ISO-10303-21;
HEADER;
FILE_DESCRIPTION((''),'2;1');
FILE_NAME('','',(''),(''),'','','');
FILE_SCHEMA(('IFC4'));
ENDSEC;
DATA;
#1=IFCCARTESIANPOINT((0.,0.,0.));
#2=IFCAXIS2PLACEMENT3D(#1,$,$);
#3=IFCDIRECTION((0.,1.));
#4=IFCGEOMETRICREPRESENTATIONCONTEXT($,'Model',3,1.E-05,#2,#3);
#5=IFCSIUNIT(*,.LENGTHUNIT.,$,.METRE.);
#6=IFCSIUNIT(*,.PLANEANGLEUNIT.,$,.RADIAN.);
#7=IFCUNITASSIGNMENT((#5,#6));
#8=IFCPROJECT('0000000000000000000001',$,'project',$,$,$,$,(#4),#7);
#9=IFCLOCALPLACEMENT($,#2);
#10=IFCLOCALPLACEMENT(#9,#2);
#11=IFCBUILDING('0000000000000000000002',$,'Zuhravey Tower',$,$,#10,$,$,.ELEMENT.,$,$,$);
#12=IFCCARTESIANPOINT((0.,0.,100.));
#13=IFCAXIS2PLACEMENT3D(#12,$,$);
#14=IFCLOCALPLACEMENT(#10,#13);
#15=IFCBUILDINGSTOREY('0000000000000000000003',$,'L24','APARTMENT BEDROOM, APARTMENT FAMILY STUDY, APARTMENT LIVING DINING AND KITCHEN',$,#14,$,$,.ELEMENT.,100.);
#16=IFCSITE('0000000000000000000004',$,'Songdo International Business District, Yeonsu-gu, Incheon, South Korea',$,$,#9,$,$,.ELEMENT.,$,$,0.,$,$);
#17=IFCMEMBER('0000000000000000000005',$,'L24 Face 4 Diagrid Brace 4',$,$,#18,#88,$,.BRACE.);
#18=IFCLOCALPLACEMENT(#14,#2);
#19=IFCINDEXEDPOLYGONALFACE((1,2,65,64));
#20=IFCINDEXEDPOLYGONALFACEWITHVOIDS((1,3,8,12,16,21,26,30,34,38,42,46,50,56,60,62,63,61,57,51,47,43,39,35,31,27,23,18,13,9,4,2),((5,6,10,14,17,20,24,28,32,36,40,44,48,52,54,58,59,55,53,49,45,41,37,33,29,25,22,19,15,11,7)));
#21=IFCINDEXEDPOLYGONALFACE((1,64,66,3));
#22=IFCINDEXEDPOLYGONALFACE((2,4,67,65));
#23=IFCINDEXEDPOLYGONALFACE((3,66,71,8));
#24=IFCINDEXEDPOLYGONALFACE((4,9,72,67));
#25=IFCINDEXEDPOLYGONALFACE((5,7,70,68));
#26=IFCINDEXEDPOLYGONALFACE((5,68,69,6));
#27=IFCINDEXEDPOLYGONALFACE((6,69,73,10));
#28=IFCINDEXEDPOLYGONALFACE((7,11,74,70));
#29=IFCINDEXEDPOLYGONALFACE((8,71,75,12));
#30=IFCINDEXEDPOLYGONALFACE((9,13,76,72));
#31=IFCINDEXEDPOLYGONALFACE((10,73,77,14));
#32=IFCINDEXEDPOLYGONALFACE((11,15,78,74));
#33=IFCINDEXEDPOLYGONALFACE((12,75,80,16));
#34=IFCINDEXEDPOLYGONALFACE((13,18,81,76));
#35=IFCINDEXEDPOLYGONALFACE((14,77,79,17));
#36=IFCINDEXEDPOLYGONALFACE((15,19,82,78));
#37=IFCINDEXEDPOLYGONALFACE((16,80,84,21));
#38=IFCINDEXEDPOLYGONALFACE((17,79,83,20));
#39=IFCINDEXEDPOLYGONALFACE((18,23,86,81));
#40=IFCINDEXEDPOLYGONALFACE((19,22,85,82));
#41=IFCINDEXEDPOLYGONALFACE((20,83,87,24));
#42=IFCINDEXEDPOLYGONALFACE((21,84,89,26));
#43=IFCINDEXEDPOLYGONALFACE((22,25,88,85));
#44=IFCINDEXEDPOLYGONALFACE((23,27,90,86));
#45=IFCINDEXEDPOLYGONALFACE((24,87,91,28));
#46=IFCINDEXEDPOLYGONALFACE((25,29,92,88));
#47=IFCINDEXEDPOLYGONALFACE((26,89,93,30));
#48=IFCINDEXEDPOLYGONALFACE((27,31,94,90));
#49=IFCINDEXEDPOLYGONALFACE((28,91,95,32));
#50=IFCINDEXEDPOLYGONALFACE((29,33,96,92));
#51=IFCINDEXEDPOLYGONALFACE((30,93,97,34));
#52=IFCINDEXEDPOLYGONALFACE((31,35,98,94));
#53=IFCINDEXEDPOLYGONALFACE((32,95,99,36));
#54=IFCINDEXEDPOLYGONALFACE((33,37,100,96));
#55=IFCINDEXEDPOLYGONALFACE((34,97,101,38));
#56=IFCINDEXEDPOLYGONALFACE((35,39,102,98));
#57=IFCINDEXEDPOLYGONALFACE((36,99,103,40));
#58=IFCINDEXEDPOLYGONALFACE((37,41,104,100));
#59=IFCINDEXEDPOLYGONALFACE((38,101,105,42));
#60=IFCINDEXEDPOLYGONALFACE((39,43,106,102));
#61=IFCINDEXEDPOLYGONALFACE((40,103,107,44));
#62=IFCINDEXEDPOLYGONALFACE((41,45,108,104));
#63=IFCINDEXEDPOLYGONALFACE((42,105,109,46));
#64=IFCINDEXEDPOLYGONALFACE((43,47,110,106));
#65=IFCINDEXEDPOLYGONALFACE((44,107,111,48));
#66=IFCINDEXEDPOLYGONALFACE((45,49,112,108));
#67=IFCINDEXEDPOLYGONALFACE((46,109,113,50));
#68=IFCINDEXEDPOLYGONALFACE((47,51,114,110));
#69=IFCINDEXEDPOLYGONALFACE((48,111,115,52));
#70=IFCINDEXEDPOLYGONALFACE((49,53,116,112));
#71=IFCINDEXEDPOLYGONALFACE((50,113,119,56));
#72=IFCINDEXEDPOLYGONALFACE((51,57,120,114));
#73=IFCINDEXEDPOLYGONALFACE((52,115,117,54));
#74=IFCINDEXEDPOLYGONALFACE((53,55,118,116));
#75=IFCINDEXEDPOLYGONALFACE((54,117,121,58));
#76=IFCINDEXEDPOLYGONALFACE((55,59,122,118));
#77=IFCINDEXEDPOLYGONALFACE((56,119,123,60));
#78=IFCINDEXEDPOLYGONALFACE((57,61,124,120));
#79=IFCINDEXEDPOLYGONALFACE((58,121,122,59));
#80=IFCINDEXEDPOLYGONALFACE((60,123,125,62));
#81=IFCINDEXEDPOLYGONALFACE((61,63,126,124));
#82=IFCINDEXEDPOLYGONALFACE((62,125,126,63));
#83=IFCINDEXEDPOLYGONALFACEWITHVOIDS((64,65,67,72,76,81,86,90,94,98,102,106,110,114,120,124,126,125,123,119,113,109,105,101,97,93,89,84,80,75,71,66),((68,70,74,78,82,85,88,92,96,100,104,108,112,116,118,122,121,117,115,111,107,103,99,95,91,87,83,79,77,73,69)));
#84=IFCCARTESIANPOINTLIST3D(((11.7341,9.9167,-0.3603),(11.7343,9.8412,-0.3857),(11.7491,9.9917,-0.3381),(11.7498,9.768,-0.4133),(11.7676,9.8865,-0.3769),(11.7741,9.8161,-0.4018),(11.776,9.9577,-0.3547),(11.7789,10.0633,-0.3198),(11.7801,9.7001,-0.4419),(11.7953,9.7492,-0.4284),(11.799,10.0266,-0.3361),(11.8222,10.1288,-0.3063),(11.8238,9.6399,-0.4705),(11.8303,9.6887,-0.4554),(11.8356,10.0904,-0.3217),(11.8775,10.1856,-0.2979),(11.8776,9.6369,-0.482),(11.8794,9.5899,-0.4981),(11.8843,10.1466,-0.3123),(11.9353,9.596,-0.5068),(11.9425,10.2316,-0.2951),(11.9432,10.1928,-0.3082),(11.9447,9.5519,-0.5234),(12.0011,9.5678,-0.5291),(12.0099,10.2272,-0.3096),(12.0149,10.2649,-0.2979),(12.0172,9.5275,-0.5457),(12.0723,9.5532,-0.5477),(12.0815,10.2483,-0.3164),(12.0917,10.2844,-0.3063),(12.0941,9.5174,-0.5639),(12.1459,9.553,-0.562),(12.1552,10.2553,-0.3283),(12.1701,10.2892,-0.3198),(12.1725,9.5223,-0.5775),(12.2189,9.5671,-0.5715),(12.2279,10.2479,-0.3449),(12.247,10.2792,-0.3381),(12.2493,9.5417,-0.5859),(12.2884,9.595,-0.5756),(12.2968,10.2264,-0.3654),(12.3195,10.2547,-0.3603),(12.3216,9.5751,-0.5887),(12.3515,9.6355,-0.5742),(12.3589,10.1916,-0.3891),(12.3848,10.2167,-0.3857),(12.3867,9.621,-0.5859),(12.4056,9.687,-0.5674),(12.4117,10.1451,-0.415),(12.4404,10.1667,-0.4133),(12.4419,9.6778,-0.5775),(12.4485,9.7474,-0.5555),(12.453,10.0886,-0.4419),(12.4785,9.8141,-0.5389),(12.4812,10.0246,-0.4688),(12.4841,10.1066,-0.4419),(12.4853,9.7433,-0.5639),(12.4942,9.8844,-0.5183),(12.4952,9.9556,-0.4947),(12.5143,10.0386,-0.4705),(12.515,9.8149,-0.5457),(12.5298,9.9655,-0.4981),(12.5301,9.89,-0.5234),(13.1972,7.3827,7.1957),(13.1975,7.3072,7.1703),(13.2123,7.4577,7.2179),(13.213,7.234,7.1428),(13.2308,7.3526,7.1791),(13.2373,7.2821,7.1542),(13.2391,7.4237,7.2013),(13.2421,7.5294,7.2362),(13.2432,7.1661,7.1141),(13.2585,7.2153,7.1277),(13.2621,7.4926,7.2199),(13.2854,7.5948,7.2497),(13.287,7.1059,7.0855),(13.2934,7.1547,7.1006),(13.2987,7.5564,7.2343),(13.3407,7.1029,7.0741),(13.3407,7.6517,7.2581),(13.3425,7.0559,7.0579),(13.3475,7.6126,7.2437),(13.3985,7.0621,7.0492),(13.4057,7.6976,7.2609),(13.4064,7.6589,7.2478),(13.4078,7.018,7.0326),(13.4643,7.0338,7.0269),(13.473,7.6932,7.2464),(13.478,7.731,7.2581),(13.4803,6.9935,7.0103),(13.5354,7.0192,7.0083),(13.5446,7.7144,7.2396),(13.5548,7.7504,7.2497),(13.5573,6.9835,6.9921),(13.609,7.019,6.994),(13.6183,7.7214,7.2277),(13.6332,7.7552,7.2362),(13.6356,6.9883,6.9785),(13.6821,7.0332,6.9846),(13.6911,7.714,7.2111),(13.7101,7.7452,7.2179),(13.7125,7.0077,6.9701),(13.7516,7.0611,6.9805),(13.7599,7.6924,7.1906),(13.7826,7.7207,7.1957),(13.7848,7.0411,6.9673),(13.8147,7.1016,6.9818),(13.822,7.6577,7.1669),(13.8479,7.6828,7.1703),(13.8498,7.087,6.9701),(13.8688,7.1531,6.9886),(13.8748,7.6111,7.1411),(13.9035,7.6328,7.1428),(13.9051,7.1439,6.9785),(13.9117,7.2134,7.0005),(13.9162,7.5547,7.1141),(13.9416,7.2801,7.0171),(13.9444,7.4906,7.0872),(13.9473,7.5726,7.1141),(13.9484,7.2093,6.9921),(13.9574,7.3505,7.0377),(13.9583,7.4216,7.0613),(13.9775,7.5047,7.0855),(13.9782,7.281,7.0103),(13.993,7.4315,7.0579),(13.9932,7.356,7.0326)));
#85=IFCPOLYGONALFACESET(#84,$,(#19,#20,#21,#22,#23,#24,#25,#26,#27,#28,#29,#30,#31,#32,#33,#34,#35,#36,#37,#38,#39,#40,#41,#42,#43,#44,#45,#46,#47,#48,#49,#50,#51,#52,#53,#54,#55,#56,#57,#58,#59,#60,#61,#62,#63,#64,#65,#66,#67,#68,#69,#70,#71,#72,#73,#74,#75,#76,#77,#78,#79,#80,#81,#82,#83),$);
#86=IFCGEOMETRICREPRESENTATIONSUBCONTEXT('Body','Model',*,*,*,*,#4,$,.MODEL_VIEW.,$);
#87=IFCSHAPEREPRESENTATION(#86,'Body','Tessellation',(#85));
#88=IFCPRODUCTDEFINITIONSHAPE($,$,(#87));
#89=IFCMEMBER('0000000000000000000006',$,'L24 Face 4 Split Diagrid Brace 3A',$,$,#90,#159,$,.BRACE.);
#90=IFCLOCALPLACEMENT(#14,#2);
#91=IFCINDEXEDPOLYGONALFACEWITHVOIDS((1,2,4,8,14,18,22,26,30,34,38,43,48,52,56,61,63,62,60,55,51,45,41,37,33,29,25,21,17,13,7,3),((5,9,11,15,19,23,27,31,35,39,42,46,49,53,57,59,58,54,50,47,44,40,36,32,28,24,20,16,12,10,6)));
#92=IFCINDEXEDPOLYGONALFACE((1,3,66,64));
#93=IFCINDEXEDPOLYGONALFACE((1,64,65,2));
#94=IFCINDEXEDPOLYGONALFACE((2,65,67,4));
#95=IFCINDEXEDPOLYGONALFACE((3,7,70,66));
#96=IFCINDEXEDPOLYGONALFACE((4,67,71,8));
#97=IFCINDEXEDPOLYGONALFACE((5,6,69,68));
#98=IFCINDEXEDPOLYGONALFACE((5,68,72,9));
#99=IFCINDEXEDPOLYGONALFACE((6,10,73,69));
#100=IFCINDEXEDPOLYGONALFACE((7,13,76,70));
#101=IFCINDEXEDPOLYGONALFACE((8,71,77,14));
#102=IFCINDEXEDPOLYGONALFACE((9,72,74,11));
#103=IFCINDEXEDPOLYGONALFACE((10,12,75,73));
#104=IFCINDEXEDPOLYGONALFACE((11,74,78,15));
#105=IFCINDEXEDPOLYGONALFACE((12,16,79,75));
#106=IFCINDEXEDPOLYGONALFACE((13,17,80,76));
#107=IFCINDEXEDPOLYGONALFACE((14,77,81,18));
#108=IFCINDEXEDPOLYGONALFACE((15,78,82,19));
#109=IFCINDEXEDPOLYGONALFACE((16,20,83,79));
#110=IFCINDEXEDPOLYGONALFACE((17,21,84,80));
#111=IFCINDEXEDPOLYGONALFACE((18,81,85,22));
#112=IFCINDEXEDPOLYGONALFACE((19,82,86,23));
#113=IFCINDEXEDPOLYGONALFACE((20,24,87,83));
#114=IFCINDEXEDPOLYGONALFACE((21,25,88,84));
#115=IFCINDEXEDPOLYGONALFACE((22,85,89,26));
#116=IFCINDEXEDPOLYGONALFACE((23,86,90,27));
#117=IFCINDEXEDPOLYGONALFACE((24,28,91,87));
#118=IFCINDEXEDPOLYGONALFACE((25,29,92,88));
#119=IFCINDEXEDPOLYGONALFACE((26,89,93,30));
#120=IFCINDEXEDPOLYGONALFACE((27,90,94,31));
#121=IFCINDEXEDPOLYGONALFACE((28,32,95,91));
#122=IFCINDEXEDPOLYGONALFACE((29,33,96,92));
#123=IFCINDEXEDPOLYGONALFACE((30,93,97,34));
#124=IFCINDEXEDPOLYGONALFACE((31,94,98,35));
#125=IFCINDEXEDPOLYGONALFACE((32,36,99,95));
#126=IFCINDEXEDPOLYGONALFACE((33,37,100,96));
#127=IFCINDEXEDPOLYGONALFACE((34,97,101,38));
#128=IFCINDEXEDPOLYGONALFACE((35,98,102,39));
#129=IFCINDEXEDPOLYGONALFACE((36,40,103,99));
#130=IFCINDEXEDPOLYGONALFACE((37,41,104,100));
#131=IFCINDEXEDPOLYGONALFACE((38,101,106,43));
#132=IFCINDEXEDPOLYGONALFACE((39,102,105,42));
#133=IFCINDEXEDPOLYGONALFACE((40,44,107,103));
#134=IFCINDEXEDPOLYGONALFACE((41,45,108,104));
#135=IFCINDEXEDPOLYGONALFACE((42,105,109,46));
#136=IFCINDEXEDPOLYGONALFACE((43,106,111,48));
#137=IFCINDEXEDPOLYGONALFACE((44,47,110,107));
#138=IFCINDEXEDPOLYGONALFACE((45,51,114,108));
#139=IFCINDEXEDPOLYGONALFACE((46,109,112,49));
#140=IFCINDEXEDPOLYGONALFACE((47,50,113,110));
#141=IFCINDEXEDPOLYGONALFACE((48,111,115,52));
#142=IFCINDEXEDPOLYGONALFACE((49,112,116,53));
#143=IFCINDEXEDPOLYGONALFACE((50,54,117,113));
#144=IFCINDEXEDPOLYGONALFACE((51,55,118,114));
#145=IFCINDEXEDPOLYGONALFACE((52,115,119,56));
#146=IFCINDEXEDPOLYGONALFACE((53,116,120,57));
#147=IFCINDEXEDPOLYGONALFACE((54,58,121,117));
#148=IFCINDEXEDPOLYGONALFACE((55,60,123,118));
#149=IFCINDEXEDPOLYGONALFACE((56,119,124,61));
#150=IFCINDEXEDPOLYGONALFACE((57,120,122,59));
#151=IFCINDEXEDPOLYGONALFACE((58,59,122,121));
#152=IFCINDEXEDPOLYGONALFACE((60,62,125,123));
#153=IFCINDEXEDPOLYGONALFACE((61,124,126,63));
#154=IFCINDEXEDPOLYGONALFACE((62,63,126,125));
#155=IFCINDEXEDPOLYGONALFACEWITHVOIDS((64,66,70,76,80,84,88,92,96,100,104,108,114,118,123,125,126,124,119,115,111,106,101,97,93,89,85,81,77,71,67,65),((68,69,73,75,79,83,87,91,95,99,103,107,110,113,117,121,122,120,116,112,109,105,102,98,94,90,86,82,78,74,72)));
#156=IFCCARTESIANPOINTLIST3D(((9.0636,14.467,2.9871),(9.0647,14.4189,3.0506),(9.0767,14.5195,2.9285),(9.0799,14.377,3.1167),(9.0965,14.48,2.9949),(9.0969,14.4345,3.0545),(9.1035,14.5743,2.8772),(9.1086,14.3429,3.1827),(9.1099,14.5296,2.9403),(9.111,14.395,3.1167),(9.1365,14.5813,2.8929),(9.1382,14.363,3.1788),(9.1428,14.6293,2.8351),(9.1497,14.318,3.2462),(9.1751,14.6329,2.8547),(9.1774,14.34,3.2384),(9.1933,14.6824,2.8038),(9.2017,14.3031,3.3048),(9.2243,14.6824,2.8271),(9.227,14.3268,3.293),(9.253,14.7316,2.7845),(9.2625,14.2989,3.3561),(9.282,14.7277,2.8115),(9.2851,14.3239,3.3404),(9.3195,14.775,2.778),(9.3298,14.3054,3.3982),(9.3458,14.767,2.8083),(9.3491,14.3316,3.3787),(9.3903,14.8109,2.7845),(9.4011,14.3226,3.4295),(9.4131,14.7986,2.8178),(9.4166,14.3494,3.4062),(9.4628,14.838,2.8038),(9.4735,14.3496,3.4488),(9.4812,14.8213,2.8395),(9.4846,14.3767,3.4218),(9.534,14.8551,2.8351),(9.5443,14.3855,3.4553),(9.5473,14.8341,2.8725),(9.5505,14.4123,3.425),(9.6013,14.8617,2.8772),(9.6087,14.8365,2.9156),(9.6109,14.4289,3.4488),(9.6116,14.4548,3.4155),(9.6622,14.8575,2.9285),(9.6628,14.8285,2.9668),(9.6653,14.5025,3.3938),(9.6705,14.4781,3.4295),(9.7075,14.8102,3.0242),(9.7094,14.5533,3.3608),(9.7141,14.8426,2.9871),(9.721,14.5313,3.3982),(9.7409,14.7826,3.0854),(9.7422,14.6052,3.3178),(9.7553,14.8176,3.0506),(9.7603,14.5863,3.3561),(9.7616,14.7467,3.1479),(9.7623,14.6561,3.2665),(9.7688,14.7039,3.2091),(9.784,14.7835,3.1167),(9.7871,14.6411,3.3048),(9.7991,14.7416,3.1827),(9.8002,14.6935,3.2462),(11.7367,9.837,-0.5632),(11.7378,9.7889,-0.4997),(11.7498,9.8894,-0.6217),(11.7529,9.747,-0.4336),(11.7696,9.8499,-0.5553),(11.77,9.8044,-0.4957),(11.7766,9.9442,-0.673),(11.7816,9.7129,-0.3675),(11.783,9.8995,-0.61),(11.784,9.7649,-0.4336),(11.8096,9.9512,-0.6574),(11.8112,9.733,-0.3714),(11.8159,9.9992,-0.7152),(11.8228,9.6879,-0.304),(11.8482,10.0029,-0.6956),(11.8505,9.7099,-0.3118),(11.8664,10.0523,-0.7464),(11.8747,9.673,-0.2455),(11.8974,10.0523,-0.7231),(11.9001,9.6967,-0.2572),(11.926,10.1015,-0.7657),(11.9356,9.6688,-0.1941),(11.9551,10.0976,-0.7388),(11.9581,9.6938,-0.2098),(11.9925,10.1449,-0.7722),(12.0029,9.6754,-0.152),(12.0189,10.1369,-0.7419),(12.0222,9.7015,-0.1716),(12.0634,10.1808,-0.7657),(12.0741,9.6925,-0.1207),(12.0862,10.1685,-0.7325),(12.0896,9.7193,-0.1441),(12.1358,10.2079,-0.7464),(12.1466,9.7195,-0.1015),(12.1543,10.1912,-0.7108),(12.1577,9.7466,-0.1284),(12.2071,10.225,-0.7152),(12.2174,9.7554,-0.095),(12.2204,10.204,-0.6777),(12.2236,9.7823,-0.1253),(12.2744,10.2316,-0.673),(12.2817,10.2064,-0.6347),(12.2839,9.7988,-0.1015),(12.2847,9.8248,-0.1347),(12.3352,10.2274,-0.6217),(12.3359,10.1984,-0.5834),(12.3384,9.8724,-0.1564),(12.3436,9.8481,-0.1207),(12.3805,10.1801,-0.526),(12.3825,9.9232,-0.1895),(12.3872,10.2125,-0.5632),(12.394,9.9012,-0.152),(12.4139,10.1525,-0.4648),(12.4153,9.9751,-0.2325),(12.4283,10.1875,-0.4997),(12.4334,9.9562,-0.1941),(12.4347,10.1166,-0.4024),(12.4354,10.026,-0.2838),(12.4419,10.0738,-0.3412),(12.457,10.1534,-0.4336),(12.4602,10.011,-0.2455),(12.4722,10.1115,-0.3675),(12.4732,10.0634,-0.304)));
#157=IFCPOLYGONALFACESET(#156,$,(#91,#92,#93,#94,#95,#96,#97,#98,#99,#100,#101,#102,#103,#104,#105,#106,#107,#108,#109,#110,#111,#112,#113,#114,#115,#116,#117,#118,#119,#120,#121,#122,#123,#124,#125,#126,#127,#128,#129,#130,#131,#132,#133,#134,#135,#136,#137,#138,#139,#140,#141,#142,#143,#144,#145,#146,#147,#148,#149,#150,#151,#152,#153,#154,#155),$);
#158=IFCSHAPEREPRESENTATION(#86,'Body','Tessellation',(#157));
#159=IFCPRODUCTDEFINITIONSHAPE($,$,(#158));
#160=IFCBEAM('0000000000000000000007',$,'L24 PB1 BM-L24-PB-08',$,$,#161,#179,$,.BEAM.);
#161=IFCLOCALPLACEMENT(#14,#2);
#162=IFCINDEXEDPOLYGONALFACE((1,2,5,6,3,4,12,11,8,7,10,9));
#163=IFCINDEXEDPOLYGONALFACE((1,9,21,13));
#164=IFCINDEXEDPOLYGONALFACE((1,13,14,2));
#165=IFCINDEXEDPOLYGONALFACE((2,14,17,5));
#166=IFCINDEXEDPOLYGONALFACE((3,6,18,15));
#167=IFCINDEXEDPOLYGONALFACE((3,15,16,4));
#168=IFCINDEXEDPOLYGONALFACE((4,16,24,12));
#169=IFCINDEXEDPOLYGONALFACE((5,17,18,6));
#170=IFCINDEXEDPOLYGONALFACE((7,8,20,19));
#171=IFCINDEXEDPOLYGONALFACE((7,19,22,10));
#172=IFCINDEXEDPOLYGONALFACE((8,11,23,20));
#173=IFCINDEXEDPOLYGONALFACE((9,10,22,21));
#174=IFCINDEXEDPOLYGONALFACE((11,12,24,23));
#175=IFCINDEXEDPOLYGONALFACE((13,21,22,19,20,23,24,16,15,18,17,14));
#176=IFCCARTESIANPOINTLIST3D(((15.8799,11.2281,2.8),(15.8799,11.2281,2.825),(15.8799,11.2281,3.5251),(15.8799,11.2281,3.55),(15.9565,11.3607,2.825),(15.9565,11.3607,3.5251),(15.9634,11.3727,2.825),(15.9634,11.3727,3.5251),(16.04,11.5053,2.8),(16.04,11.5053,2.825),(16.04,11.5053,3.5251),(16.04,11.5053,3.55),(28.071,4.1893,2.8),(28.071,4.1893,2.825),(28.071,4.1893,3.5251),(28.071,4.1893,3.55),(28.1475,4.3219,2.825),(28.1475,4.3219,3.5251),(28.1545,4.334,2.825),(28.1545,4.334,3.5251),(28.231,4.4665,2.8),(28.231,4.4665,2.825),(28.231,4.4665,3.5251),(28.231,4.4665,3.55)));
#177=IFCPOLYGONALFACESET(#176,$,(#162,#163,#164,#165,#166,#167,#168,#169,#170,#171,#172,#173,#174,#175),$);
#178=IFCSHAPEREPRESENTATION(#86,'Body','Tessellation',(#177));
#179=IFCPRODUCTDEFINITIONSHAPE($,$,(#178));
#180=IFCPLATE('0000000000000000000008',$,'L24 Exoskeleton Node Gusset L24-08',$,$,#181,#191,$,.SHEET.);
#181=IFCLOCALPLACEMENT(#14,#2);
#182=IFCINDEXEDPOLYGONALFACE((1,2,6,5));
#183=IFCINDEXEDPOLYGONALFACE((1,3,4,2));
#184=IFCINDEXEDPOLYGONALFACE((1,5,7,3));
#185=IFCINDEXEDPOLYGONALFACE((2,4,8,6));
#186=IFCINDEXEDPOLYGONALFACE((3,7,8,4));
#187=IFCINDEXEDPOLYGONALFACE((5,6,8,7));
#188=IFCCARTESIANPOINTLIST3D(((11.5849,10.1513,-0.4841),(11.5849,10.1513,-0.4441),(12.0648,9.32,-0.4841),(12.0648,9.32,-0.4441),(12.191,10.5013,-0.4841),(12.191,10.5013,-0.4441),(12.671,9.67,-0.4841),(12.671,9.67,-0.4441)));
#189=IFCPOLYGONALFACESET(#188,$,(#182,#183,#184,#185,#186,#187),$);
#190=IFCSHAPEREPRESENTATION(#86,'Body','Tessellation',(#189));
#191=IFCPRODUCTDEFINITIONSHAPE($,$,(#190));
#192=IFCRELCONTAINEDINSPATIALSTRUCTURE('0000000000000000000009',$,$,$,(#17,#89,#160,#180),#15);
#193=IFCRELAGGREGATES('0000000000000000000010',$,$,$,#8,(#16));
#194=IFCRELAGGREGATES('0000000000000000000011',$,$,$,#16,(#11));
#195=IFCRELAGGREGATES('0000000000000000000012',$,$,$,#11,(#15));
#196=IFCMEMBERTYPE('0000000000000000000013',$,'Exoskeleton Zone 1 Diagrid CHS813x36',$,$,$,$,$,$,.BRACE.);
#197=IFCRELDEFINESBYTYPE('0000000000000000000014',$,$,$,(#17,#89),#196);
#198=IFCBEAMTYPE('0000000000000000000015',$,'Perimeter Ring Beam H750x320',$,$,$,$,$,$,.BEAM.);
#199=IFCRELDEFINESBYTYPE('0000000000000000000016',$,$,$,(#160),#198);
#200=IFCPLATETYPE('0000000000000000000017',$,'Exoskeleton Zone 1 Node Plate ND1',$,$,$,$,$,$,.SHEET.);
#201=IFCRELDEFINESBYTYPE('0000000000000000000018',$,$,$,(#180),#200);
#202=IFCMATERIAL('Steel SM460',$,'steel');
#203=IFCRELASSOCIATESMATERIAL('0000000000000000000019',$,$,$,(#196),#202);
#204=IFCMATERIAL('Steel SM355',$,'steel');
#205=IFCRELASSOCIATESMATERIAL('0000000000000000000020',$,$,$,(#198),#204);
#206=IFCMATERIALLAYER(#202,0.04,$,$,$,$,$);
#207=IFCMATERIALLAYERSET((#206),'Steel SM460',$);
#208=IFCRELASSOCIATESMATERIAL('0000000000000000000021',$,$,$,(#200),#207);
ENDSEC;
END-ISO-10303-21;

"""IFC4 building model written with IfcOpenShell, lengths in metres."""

from ifc_helpers import new_model, si_unit, direction, frame, origin, origin_2d, place, context, subcontext, project, spatial, rectangle, hollow_circle, i_section, extrude, material, layer, layer_set, material_profile, profile_set, type_object, element, save


model = new_model("IFC4")

# Units and contexts
model_context = context("Model", 3, precision=1e-05, world=origin(), true_north=direction((0.0, 1.0)))
body_context = subcontext(model_context, "Body", "Model", "MODEL_VIEW")
ifc_project = project(units=[si_unit("LENGTHUNIT", "METRE"), si_unit("PLANEANGLEUNIT", "RADIAN")], contexts=[model_context])

# Site, building, storey
site_placement = place(None, origin())
site = spatial("IfcSite", under=ifc_project, at=site_placement, Name="Songdo International Business District, Yeonsu-gu, Incheon, South Korea", CompositionType="ELEMENT", RefElevation=0.0)
building_placement = place(site_placement, origin())
building = spatial("IfcBuilding", under=site, at=building_placement, Name="Zuhravey Tower", CompositionType="ELEMENT")
storey_placement = place(building_placement, frame((0.0, 0.0, 100.0)))
storey = spatial("IfcBuildingStorey", under=building, at=storey_placement, Name="L24", Description="APARTMENT BEDROOM, APARTMENT FAMILY STUDY, APARTMENT LIVING DINING AND KITCHEN", CompositionType="ELEMENT", Elevation=100.0)

# Members
ifc_material_1 = material(Name="Steel SM460", Category="steel")
ifc_material_profile_1 = material_profile(ifc_material_1, hollow_circle(Radius=0.4065, WallThickness=0.0359, at=origin_2d()), Name="CHS-812.8x36")
ifc_profile_set_1 = profile_set([ifc_material_profile_1], Name="Steel SM460")
member_type_1 = type_object("IfcMemberType", Name="Exoskeleton Zone 1 Diagrid CHS813x36", PredefinedType="BRACE", material=ifc_profile_set_1)
member_1_placement = place(storey_placement, frame((12.1321, 9.9033, -0.4419), z_axis=(0.180574, -0.312728, 0.93252), x_axis=(0.866001, 0.500043, 0.0)))
element("IfcMember", 1, at=member_1_placement, inside=storey, type_object=member_type_1, Name="L24 Face 4 Diagrid Brace 4", PredefinedType="BRACE", context=body_context, shape_type="SweptSolid", body=[
    extrude(hollow_circle(Radius=0.4065, WallThickness=0.0359, at=origin_2d()), origin(), (0.0, 0.0, 1.0), 8.1028),
])
member_2_placement = place(storey_placement, frame((12.105, 9.9502, -0.4336), z_axis=(-0.416513, 0.721451, 0.553195), x_axis=(-0.866034, -0.499985, 0.0)))
element("IfcMember", 2, at=member_2_placement, inside=storey, type_object=member_type_1, Name="L24 Face 4 Split Diagrid Brace 3A", PredefinedType="BRACE", context=body_context, shape_type="SweptSolid", body=[
    extrude(hollow_circle(Radius=0.4065, WallThickness=0.0359, at=origin_2d()), origin(), (0.0, 0.0, 1.0), 6.4177),
])

# Beam
ifc_material_2 = material(Name="Steel SM355", Category="steel")
ifc_material_profile_2 = material_profile(ifc_material_2, i_section(OverallWidth=0.3201, OverallDepth=0.75, WebThickness=0.0139, FlangeThickness=0.0249, at=origin_2d()), Name="H-750x320x14x25")
ifc_profile_set_2 = profile_set([ifc_material_profile_2], Name="Steel SM355")
beam_type = type_object("IfcBeamType", Name="Perimeter Ring Beam H750x320", PredefinedType="BEAM", material=ifc_profile_set_2)
beam_placement = place(storey_placement, frame((15.96, 11.3667, 3.175), z_axis=(0.866018, -0.500013, 0.0), x_axis=(0.500013, 0.866018, 0.0)))
element("IfcBeam", 3, at=beam_placement, inside=storey, type_object=beam_type, Name="L24 PB1 BM-L24-PB-08", PredefinedType="BEAM", context=body_context, shape_type="SweptSolid", body=[
    extrude(i_section(OverallWidth=0.3201, OverallDepth=0.75, WebThickness=0.0139, FlangeThickness=0.0249, at=origin_2d()), origin(), (0.0, 0.0, 1.0), 14.0771),
])

# Plate
ifc_layer_1 = layer(ifc_material_1, 0.04)
ifc_layer_set_1 = layer_set([ifc_layer_1], Name="Steel SM460")
plate_type_1 = type_object("IfcPlateType", Name="Exoskeleton Zone 1 Node Plate ND1", PredefinedType="SHEET", material=ifc_layer_set_1)
for number, where, z_axis, x_axis, name in (
    (4, (12.1279, 9.9106, -0.4841), (0.0, 0.0, 1.0), (0.5, -0.866025, 0.0), "L24 Exoskeleton Node Gusset L24-08"),
):
    element("IfcPlate", number, at=place(storey_placement, frame(where, z_axis=z_axis, x_axis=x_axis)), inside=storey, type_object=plate_type_1, Name=name, PredefinedType="SHEET", context=body_context, shape_type="SweptSolid", body=[
        extrude(rectangle(XDim=0.96, YDim=0.7, at=origin_2d()), origin(), (0.0, 0.0, 1.0), 0.04),
    ])

save(model, "model.ifc")
